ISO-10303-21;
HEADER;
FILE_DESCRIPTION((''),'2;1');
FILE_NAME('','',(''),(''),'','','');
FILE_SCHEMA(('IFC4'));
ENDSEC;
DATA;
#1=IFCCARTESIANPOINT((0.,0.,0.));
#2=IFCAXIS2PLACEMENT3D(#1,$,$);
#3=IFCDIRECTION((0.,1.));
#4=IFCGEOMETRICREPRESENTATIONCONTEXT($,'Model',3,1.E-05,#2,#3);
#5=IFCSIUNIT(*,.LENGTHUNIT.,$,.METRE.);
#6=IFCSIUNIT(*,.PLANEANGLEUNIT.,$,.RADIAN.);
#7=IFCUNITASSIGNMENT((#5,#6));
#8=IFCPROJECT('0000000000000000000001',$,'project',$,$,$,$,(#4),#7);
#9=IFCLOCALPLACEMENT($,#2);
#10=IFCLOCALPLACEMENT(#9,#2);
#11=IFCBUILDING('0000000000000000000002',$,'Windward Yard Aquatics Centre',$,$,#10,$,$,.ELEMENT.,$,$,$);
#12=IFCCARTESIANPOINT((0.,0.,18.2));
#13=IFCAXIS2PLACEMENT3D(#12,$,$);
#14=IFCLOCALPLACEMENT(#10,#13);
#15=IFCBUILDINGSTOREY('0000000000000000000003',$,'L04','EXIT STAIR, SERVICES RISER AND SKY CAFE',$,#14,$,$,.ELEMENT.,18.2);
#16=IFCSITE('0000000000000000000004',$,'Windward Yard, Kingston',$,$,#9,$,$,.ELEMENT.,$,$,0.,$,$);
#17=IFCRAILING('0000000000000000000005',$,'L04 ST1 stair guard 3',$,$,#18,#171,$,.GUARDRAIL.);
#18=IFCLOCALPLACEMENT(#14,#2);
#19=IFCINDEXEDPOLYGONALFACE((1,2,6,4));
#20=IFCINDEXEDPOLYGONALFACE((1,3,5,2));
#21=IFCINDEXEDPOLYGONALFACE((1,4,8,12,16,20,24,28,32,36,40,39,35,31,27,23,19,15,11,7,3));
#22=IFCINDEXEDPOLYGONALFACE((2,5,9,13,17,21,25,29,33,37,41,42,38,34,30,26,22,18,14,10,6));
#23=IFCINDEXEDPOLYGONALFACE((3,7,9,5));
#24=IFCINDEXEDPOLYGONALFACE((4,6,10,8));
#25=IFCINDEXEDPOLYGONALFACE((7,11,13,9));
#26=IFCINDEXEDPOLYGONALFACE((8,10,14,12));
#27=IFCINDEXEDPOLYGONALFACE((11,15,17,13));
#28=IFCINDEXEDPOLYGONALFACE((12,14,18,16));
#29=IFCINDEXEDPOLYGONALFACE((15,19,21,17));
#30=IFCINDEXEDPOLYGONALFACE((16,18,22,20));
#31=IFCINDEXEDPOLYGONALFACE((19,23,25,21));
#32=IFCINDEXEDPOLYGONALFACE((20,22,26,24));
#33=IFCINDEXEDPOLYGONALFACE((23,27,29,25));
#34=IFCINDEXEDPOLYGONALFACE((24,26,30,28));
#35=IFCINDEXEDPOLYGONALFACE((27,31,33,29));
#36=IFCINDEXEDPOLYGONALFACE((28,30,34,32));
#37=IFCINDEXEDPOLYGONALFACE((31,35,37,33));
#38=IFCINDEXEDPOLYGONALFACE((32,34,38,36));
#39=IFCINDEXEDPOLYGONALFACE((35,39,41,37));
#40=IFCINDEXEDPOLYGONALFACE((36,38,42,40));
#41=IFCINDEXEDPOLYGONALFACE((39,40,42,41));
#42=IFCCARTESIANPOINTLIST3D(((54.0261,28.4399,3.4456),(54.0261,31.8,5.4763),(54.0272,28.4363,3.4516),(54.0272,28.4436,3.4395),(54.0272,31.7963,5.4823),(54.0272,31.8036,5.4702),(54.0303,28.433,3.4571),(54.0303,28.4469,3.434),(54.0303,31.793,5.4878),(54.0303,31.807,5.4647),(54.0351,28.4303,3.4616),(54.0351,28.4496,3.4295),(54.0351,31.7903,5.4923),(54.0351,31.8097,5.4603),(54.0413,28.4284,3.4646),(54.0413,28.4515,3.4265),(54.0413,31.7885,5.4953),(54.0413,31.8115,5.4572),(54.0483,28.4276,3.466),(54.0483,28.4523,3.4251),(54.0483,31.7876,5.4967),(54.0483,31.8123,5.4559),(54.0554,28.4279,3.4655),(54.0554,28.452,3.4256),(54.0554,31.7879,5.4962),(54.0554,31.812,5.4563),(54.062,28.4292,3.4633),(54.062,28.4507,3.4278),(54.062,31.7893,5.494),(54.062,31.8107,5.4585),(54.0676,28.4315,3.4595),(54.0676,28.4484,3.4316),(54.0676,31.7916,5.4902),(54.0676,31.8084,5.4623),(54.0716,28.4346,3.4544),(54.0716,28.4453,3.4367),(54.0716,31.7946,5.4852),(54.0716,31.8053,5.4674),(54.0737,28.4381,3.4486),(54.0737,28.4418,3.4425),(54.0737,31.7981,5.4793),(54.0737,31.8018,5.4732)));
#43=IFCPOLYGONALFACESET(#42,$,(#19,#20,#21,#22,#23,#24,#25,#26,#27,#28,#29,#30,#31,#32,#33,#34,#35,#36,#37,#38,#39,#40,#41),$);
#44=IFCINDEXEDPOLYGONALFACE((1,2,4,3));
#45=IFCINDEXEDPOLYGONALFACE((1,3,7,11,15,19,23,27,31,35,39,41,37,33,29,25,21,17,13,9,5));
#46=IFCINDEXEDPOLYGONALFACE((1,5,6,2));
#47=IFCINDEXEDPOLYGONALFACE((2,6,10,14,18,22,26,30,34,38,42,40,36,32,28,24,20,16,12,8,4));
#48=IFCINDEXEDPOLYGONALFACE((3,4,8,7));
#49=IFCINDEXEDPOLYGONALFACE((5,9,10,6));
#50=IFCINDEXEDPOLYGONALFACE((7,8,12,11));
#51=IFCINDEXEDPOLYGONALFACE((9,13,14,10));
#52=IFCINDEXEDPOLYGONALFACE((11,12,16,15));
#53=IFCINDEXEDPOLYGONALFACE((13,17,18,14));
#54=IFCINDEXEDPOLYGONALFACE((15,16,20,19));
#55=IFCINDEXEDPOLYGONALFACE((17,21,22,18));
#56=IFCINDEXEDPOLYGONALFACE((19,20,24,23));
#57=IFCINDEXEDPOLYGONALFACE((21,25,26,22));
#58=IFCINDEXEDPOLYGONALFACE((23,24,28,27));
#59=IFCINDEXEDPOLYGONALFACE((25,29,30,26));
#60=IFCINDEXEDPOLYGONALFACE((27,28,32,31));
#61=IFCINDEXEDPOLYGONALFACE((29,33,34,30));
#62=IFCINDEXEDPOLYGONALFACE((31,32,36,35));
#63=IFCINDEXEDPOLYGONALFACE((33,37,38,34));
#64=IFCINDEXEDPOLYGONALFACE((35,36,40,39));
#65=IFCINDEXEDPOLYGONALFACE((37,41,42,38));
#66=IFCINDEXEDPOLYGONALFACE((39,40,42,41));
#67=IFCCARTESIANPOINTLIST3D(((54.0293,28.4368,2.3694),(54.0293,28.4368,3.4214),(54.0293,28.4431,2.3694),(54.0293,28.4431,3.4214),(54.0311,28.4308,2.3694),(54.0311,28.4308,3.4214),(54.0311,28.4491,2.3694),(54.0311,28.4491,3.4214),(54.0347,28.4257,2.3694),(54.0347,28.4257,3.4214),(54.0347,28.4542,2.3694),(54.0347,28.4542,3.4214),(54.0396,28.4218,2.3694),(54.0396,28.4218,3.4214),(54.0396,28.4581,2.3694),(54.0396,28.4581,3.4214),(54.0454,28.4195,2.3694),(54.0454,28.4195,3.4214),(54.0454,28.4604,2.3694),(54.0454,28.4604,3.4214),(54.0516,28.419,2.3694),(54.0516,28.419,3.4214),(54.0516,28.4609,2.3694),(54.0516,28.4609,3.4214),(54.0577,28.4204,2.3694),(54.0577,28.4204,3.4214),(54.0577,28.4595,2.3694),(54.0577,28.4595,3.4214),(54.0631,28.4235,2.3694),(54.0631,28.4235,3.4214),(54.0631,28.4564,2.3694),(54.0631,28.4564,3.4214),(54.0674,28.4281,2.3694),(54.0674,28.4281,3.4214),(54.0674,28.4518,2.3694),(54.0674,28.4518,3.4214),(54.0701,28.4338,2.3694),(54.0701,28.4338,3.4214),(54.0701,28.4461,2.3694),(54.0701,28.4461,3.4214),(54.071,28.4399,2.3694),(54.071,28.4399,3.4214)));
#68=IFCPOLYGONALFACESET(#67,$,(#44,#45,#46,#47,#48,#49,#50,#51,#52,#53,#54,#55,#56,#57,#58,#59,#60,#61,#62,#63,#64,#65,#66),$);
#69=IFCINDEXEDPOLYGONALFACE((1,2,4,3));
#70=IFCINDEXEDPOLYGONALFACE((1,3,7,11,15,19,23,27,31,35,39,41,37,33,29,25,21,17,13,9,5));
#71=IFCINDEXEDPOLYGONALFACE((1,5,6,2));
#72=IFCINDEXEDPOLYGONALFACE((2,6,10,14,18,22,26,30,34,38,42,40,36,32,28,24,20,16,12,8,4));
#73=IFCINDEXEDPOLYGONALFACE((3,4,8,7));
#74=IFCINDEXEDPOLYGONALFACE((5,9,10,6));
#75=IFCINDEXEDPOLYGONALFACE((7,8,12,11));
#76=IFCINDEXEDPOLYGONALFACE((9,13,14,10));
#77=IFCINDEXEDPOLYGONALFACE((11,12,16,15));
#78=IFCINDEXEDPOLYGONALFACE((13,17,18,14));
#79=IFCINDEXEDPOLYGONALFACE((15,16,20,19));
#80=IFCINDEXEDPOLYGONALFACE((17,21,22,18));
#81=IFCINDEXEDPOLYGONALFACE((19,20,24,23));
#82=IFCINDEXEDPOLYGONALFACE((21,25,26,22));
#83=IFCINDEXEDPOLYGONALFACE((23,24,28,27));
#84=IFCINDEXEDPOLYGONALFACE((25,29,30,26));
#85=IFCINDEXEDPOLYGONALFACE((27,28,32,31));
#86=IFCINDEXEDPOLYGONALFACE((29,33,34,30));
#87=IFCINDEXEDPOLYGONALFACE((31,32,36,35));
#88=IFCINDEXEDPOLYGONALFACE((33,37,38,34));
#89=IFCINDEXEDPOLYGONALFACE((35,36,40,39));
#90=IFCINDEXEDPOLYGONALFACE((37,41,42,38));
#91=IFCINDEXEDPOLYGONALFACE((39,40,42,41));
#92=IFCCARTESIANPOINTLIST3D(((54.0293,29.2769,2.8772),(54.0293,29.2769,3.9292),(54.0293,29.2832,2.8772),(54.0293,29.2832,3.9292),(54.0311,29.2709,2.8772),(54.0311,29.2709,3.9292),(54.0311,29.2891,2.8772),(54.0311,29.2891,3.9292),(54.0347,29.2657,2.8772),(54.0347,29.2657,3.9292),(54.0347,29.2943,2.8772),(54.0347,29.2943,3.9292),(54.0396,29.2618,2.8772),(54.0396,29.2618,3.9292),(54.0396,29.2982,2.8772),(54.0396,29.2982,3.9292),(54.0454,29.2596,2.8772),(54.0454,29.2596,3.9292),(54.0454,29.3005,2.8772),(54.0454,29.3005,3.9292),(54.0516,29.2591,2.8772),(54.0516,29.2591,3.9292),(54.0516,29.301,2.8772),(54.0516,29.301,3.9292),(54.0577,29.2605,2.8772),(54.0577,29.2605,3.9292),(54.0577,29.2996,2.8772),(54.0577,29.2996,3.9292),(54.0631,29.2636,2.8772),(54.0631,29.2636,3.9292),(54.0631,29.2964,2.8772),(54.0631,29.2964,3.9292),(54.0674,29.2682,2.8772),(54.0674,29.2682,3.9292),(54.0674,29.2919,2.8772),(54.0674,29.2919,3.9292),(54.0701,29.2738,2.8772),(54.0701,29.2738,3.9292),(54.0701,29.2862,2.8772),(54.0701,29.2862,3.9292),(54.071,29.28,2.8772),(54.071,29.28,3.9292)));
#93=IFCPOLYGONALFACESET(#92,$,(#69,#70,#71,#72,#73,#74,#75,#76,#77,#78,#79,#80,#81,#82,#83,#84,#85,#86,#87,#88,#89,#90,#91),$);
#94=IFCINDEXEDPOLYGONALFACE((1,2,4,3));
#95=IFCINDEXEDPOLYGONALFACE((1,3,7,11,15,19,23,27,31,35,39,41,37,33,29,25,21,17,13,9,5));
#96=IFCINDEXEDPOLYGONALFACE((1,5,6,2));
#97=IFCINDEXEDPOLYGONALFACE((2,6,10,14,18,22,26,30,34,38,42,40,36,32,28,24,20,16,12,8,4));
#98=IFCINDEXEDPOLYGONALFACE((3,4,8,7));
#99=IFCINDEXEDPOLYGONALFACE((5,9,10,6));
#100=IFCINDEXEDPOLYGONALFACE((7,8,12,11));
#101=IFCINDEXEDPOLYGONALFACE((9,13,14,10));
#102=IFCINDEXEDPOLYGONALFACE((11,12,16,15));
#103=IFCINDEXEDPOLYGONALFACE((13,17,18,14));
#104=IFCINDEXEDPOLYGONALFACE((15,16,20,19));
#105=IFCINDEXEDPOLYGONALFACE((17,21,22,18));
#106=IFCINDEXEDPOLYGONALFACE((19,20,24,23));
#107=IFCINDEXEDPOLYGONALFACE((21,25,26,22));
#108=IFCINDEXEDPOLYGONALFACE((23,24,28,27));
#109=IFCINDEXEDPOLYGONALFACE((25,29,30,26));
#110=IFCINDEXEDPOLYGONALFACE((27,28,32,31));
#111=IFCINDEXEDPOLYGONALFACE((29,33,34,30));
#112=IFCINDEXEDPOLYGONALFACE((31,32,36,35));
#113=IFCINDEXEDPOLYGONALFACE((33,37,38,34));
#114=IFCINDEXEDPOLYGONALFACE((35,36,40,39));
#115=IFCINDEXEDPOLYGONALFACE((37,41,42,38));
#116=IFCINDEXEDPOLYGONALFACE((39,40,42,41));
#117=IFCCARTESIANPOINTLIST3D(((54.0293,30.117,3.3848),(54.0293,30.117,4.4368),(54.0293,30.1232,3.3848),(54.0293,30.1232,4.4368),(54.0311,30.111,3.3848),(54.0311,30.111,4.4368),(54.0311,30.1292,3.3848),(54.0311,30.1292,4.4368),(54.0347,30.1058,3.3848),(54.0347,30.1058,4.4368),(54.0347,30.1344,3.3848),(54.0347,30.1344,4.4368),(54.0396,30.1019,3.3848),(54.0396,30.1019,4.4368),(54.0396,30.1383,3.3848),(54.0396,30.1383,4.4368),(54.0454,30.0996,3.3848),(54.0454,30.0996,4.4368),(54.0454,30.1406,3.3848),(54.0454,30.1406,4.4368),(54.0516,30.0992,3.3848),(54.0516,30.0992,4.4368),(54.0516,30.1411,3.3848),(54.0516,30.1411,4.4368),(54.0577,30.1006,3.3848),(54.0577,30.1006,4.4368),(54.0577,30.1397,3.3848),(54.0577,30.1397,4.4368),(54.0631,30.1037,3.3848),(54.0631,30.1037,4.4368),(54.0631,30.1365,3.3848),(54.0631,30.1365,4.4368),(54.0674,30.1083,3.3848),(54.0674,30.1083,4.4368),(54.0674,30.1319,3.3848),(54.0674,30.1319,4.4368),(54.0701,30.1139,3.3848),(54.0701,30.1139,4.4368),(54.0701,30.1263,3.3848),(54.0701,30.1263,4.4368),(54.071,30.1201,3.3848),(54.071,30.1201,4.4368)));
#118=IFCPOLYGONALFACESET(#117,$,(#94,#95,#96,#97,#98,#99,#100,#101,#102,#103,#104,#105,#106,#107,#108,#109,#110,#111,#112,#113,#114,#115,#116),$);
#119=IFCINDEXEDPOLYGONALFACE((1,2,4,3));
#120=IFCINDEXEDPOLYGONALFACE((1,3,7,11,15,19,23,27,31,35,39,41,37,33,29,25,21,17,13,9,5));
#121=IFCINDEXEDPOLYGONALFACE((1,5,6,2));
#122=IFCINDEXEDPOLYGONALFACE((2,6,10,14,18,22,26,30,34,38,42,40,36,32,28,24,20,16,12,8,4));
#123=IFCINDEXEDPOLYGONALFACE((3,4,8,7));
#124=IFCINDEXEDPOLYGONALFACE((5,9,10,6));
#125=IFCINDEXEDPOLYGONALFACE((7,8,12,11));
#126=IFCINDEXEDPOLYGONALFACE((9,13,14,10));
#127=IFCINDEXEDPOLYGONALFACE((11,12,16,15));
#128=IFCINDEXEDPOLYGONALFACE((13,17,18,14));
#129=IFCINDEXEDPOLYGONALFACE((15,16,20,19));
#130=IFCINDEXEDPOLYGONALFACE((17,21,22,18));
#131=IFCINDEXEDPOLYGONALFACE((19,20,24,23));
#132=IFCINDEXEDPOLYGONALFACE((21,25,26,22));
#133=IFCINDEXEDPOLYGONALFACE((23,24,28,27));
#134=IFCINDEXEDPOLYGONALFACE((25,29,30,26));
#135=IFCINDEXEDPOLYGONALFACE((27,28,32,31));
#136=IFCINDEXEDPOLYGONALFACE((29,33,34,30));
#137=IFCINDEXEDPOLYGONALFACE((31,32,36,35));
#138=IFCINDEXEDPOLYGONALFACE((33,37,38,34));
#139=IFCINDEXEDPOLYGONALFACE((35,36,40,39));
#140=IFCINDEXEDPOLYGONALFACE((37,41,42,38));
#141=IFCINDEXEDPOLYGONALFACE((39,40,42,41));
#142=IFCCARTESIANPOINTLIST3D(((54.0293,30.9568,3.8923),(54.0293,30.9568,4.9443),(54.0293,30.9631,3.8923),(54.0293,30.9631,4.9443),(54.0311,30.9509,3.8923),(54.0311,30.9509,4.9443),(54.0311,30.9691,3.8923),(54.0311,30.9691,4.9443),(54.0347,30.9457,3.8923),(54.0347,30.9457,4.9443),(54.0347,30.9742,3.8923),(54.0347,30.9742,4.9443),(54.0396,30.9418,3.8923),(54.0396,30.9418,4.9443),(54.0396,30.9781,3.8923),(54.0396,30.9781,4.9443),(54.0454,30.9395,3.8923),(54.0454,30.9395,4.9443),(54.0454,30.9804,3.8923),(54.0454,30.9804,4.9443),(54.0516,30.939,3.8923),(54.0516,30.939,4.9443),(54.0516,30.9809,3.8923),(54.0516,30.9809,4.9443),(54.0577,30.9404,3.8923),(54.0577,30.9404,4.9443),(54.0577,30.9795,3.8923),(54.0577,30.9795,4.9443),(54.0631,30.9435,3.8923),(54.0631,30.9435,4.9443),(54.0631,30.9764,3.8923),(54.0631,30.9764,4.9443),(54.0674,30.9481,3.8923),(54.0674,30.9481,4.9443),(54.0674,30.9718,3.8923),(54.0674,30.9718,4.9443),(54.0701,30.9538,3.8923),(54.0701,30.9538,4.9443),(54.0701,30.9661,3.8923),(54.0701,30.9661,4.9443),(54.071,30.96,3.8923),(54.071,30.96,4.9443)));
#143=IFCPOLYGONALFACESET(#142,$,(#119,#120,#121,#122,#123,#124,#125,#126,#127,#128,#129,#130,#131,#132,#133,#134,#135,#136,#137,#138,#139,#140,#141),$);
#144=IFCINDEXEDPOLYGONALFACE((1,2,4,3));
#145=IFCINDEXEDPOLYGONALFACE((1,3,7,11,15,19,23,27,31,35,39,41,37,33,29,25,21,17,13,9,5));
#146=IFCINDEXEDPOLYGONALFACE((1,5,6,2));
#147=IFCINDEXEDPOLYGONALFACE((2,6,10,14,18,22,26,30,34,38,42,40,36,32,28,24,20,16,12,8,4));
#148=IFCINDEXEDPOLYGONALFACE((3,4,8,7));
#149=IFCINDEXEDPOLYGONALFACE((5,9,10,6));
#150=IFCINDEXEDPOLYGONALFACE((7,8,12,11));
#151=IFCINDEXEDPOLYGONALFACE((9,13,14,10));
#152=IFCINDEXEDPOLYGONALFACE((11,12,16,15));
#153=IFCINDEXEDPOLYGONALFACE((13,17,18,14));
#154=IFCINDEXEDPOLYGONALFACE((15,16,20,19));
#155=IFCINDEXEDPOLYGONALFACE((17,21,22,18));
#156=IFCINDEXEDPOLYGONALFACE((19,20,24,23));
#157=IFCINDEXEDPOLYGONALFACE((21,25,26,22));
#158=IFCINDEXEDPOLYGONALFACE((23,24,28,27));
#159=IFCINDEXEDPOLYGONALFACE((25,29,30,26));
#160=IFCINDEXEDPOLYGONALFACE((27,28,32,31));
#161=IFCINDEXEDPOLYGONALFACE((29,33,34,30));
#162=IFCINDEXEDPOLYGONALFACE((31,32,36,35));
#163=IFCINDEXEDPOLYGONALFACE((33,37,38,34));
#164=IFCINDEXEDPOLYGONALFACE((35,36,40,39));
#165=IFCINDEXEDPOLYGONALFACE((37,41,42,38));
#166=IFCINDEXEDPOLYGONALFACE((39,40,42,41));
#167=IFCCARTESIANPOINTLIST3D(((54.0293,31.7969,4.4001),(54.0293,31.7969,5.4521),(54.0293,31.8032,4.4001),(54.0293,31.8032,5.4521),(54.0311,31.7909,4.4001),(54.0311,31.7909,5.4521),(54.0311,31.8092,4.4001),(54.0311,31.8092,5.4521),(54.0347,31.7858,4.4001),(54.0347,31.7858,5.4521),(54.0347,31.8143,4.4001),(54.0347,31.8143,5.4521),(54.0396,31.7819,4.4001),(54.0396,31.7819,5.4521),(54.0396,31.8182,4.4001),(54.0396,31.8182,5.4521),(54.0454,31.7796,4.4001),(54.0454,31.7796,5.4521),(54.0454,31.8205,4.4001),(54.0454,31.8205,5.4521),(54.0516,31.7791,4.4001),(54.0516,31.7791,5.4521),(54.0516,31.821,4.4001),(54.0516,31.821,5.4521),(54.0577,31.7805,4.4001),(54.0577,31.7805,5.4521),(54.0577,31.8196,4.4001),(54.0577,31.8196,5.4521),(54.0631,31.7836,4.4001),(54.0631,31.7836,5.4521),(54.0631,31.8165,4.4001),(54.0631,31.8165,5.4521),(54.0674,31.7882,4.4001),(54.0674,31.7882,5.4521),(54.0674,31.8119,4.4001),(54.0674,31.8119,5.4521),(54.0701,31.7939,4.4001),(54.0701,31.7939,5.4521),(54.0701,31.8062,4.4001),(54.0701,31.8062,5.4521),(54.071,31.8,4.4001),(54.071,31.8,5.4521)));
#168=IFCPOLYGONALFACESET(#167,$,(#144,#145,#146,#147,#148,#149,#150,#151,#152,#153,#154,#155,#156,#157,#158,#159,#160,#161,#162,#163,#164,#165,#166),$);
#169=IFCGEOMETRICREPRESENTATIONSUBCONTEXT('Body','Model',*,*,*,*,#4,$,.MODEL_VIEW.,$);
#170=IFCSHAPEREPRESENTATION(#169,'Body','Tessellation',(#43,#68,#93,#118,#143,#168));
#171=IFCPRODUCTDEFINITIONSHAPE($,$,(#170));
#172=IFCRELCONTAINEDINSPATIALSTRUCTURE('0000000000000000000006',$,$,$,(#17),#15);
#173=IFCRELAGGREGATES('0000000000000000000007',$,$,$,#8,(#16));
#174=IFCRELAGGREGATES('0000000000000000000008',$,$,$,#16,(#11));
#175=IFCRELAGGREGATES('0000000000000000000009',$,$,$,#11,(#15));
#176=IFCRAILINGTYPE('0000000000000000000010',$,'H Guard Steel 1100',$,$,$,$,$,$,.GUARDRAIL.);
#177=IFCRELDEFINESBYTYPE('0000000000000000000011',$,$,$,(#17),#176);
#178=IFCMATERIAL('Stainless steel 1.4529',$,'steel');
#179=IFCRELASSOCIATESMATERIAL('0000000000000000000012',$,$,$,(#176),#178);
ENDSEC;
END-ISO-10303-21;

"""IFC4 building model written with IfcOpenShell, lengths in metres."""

from ifc_helpers import new_model, si_unit, direction, frame, origin, origin_2d, place, context, subcontext, project, spatial, circle, extrude, material, type_object, element, save


model = new_model("IFC4")

# Units and contexts
model_context = context("Model", 3, precision=1e-05, world=origin(), true_north=direction((0.0, 1.0)))
body_context = subcontext(model_context, "Body", "Model", "MODEL_VIEW")
ifc_project = project(units=[si_unit("LENGTHUNIT", "METRE"), si_unit("PLANEANGLEUNIT", "RADIAN")], contexts=[model_context])

# Site, building, storey
site_placement = place(None, origin())
site = spatial("IfcSite", under=ifc_project, at=site_placement, Name="Windward Yard, Kingston", CompositionType="ELEMENT", RefElevation=0.0)
building_placement = place(site_placement, origin())
building = spatial("IfcBuilding", under=site, at=building_placement, Name="Windward Yard Aquatics Centre", CompositionType="ELEMENT")
storey_placement = place(building_placement, frame((0.0, 0.0, 18.2)))
storey = spatial("IfcBuildingStorey", under=building, at=storey_placement, Name="L04", Description="EXIT STAIR, SERVICES RISER AND SKY CAFE", CompositionType="ELEMENT", Elevation=18.2)

# Railing
ifc_material_1 = material(Name="Stainless steel 1.4529", Category="steel")
railing_type_1 = type_object("IfcRailingType", Name="H Guard Steel 1100", PredefinedType="GUARDRAIL", material=ifc_material_1)
railing_1_placement = place(storey_placement, frame((54.05, 28.4399, 2.3694)))
element("IfcRailing", 1, at=railing_1_placement, inside=storey, type_object=railing_type_1, Name="L04 ST1 stair guard 3", PredefinedType="GUARDRAIL", context=body_context, shape_type="SweptSolid", body=[
    extrude(circle(Radius=0.0239, at=origin_2d()), frame((0.0, 0.0, 1.0762), z_axis=(0.0, 0.855837, 0.517246), x_axis=(-1.0, 0.0, 0.0)), (0.0, 0.0, 1.0), 3.926),
    extrude(circle(Radius=0.021, at=origin_2d()), origin(), (0.0, 0.0, 1.0), 1.052),
    extrude(circle(Radius=0.021, at=origin_2d()), frame((0.0, 0.8401, 0.5078)), (0.0, 0.0, 1.0), 1.052),
    extrude(circle(Radius=0.021, at=origin_2d()), frame((0.0, 1.6802, 1.0154)), (0.0, 0.0, 1.0), 1.052),
    extrude(circle(Radius=0.021, at=origin_2d()), frame((0.0, 2.52, 1.5229)), (0.0, 0.0, 1.0), 1.052),
    extrude(circle(Radius=0.021, at=origin_2d()), frame((0.0, 3.3601, 2.0308)), (0.0, 0.0, 1.0), 1.052),
])

save(model, "model.ifc")
